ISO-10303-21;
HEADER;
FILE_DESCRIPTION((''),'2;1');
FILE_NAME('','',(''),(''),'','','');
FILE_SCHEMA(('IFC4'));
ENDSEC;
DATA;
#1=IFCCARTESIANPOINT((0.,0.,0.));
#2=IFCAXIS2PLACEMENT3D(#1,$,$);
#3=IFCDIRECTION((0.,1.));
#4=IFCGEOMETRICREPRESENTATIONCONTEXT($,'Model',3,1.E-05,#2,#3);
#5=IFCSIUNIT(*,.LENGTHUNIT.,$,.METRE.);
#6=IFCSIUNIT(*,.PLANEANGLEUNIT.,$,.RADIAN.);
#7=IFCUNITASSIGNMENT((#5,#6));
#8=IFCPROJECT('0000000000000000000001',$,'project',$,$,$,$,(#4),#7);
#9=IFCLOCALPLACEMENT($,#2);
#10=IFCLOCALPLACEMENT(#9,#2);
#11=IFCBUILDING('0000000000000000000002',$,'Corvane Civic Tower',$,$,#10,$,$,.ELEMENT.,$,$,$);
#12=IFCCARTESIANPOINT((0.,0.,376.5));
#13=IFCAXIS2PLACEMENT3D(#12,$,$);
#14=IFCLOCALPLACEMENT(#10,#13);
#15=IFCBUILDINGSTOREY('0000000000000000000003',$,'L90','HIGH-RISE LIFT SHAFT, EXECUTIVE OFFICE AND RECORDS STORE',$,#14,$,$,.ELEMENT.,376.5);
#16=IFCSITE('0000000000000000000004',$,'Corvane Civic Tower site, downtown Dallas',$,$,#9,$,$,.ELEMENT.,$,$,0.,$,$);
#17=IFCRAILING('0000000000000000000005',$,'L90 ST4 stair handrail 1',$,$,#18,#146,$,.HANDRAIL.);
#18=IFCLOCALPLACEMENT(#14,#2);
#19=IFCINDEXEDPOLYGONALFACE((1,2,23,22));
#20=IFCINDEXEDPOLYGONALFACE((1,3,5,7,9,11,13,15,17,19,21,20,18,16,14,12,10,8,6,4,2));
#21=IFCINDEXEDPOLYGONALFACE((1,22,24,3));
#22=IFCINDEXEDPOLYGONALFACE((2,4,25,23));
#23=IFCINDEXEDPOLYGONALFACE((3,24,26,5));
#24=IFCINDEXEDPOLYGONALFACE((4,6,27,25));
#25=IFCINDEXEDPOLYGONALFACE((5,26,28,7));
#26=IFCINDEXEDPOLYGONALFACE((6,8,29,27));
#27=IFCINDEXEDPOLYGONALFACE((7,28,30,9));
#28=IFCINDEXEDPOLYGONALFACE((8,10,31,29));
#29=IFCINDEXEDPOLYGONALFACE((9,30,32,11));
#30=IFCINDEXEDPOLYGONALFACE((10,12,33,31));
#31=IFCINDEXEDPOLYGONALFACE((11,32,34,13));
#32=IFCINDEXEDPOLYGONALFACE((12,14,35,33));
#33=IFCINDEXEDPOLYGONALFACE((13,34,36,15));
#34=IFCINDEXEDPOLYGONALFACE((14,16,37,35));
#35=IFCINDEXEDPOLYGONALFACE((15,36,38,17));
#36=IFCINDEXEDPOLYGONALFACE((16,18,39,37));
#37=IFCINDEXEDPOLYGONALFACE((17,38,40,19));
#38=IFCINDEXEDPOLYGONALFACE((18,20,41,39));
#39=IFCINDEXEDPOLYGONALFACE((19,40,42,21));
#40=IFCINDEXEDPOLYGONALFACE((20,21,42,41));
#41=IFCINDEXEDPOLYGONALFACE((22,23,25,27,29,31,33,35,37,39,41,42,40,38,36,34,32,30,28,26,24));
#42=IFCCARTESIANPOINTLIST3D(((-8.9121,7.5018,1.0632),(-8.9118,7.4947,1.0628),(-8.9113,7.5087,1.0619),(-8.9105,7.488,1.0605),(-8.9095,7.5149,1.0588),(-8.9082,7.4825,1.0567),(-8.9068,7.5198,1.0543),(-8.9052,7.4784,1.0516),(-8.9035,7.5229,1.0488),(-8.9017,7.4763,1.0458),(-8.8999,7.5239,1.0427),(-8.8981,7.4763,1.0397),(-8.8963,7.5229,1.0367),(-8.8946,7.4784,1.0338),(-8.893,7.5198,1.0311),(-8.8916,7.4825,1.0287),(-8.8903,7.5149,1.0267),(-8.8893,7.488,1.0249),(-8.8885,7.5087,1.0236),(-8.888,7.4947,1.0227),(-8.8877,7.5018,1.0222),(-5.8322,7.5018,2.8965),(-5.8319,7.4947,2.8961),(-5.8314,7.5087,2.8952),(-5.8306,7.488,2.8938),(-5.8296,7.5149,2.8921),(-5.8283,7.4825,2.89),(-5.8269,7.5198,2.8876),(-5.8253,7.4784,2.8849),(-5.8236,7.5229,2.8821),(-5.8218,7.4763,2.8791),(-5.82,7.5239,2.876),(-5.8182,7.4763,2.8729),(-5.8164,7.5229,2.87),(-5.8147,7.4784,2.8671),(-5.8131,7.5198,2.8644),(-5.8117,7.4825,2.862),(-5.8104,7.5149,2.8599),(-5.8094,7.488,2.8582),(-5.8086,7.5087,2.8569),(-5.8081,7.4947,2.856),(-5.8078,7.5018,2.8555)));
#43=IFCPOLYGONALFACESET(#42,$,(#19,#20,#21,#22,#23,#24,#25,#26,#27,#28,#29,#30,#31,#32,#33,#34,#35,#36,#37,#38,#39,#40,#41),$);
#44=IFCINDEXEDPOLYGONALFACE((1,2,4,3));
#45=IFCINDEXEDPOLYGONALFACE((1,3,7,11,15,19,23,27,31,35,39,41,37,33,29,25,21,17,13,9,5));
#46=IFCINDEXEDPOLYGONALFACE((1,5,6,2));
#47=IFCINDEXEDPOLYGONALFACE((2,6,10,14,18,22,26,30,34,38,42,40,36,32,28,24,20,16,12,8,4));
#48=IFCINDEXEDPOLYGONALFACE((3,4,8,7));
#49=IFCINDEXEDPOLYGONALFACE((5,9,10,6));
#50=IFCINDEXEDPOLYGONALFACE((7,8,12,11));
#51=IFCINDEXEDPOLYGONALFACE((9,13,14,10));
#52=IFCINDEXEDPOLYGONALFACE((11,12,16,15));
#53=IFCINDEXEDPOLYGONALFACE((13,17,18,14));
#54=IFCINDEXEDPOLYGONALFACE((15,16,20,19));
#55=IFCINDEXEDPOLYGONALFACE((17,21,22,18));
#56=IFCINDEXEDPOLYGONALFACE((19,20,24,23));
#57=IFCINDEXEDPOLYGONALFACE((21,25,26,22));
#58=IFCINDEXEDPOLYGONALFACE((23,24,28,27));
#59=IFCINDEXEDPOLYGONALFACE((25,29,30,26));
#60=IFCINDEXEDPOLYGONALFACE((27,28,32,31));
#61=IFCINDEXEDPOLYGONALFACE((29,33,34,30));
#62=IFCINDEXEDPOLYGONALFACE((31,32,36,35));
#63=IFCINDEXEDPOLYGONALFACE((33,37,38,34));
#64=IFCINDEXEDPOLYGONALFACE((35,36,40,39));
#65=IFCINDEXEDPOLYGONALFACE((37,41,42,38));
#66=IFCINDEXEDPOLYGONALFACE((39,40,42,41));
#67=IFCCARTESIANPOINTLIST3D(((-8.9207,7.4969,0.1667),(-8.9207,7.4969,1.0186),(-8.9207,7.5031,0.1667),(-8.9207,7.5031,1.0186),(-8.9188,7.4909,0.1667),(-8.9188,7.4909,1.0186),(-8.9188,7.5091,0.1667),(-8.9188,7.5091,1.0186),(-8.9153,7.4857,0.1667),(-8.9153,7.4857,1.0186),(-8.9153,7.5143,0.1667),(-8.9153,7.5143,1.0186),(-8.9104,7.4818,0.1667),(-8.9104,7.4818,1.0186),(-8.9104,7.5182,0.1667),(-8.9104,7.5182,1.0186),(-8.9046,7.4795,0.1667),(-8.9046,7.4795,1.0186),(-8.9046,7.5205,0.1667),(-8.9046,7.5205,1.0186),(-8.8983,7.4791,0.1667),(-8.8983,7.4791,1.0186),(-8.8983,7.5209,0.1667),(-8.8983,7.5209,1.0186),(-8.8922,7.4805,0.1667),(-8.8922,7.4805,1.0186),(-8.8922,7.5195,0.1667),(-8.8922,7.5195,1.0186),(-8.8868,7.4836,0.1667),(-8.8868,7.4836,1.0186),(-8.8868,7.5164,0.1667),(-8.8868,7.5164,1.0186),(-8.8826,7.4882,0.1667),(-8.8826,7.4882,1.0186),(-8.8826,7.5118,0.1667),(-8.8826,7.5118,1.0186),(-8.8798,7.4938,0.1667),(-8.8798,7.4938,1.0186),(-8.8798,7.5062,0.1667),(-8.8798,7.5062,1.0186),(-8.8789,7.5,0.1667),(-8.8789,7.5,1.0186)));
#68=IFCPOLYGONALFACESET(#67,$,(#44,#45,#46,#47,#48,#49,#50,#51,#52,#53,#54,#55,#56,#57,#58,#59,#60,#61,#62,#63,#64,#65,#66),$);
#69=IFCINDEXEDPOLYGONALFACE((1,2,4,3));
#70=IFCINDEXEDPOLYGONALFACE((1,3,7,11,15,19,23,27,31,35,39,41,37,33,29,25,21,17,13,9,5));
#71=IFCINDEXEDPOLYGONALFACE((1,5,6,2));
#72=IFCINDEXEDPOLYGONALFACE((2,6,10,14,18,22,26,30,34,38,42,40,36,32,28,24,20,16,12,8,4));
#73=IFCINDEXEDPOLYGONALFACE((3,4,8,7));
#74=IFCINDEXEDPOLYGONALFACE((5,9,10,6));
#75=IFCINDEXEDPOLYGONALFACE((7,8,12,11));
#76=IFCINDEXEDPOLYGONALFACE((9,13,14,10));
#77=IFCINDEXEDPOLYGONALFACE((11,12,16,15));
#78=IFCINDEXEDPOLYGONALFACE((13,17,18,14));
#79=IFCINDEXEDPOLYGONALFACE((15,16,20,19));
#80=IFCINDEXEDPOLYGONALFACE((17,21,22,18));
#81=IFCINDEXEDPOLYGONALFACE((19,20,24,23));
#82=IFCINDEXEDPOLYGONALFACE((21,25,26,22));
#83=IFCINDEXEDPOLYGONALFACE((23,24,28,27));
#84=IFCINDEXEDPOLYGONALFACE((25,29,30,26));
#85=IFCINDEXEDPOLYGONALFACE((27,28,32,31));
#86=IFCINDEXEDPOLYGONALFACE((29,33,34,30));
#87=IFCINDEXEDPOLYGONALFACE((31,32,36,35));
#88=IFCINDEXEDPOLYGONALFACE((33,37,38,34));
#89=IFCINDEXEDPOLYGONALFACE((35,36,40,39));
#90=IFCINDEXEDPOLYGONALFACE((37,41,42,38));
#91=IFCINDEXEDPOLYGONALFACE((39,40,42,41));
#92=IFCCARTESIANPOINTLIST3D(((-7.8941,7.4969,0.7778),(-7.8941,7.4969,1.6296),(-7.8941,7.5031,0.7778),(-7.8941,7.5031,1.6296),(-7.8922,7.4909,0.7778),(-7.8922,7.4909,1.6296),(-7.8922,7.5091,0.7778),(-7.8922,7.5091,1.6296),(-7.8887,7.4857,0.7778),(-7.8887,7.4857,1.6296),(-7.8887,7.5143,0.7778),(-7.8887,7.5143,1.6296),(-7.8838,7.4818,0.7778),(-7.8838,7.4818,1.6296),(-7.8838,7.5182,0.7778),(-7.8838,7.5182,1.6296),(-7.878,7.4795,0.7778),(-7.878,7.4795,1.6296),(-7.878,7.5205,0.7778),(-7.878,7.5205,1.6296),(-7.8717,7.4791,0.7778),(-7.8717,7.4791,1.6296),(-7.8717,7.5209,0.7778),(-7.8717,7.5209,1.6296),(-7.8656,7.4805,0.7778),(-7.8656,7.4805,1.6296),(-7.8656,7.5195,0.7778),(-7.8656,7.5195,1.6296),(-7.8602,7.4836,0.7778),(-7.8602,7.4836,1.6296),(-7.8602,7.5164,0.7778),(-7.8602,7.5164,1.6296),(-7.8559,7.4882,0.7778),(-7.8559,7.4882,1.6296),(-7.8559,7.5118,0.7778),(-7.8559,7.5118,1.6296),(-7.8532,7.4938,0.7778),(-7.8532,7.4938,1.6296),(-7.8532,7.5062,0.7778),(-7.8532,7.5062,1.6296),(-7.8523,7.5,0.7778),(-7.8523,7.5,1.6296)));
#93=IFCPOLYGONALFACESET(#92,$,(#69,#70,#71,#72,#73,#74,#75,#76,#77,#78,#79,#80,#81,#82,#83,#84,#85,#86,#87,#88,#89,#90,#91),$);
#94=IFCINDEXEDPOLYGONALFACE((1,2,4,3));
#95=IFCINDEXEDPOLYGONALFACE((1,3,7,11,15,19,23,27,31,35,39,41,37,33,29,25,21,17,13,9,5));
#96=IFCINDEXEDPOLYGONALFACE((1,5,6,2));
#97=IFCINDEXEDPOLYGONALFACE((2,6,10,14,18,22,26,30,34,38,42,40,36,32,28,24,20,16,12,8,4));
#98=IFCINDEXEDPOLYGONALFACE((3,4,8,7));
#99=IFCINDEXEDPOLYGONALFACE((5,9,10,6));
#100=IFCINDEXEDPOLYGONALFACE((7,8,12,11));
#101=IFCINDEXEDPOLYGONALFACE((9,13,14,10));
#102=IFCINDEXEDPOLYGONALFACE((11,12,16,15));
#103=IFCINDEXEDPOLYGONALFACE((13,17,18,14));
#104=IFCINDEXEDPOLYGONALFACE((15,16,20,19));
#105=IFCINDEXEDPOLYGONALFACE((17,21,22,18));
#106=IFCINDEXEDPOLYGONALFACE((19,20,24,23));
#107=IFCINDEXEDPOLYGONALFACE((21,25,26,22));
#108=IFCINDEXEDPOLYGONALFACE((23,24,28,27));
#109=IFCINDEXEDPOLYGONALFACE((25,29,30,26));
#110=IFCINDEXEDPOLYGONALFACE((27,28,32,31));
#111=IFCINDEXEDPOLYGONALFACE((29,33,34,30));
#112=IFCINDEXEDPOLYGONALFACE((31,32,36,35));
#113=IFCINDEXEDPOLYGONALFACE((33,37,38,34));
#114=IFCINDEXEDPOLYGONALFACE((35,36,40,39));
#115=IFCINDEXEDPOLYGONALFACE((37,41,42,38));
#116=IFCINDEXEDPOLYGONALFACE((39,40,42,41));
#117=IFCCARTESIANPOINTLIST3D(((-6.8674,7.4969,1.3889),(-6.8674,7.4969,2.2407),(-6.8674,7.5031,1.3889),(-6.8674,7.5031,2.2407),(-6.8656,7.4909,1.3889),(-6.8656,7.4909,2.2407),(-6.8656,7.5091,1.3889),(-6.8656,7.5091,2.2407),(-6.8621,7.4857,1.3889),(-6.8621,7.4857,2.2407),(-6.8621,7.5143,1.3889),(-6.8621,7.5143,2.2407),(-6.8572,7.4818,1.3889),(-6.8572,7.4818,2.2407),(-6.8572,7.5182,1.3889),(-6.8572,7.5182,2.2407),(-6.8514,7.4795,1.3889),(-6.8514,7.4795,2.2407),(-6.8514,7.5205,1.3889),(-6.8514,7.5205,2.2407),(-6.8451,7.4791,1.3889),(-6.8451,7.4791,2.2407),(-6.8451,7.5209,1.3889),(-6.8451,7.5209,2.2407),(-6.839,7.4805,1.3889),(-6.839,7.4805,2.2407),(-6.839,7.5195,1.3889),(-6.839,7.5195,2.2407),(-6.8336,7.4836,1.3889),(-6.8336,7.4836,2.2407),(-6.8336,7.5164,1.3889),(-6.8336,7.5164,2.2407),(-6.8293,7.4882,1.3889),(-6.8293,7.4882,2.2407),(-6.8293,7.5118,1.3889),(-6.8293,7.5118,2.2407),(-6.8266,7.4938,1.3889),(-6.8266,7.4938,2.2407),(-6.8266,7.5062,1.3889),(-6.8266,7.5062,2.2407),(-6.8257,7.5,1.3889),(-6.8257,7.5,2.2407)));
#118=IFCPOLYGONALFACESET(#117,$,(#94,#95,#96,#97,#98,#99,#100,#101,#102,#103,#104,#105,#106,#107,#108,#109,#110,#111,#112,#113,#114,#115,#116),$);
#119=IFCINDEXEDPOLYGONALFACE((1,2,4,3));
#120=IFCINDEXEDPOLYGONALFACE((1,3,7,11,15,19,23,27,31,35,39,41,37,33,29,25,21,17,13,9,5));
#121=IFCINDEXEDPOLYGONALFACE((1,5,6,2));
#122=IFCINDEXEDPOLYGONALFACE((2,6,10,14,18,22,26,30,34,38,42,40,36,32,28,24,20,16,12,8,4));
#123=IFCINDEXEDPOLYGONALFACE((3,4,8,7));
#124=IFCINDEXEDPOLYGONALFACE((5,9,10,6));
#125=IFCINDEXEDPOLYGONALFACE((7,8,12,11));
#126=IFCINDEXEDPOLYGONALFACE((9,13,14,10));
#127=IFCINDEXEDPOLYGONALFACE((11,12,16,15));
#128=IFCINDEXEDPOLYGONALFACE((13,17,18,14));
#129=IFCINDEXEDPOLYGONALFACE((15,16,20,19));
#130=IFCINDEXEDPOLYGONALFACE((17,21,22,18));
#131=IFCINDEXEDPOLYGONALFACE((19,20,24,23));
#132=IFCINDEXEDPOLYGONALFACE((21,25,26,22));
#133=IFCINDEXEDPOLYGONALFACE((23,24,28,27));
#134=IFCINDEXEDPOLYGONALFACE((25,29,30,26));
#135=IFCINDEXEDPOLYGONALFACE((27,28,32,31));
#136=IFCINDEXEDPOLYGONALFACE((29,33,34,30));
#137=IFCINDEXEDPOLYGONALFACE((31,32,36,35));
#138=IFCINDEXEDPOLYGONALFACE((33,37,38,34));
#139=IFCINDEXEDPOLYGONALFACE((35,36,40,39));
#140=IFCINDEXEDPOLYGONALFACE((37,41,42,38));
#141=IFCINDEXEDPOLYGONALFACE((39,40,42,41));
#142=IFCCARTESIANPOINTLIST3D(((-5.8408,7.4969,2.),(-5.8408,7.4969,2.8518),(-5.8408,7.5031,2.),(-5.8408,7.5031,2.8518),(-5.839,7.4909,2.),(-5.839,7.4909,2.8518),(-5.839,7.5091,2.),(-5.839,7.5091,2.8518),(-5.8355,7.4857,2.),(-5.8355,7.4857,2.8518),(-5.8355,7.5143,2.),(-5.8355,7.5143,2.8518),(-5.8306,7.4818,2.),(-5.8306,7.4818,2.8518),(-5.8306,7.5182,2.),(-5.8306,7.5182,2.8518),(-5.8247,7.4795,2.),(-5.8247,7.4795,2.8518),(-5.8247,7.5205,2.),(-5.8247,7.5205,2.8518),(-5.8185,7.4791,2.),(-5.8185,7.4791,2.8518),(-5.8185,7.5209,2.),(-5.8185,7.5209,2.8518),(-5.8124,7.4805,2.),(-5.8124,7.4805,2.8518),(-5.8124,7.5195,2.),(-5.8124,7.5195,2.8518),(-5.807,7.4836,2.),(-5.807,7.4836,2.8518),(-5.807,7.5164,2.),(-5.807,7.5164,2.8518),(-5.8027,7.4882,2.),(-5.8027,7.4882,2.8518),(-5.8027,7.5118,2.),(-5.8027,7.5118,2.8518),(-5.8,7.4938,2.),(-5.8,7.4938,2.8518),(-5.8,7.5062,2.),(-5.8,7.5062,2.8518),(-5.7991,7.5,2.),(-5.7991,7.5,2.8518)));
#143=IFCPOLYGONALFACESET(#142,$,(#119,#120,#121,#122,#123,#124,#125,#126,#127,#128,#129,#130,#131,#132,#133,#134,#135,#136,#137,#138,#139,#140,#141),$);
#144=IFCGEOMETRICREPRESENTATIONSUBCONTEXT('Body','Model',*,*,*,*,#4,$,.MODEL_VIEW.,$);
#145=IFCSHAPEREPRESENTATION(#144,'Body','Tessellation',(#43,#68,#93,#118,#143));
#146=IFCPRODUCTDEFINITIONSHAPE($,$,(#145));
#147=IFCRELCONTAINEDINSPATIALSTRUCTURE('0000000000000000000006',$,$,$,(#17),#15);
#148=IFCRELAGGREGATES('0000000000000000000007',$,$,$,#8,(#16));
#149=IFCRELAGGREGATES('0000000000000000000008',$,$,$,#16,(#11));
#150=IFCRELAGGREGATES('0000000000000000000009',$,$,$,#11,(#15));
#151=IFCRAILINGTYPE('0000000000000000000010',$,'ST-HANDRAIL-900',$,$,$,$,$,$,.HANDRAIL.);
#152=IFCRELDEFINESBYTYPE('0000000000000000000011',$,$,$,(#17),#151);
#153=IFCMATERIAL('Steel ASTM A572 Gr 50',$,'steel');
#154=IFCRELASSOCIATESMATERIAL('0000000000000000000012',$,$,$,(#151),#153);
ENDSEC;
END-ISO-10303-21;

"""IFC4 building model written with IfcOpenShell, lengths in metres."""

from ifc_helpers import new_model, si_unit, direction, frame, origin, origin_2d, place, context, subcontext, project, spatial, circle, extrude, material, type_object, element, save


model = new_model("IFC4")

# Units and contexts
model_context = context("Model", 3, precision=1e-05, world=origin(), true_north=direction((0.0, 1.0)))
body_context = subcontext(model_context, "Body", "Model", "MODEL_VIEW")
ifc_project = project(units=[si_unit("LENGTHUNIT", "METRE"), si_unit("PLANEANGLEUNIT", "RADIAN")], contexts=[model_context])

# Site, building, storey
site_placement = place(None, origin())
site = spatial("IfcSite", under=ifc_project, at=site_placement, Name="Corvane Civic Tower site, downtown Dallas", CompositionType="ELEMENT", RefElevation=0.0)
building_placement = place(site_placement, origin())
building = spatial("IfcBuilding", under=site, at=building_placement, Name="Corvane Civic Tower", CompositionType="ELEMENT")
storey_placement = place(building_placement, frame((0.0, 0.0, 376.5)))
storey = spatial("IfcBuildingStorey", under=building, at=storey_placement, Name="L90", Description="HIGH-RISE LIFT SHAFT, EXECUTIVE OFFICE AND RECORDS STORE", CompositionType="ELEMENT", Elevation=376.5)

# Railing
ifc_material_1 = material(Name="Steel ASTM A572 Gr 50", Category="steel")
railing_type_1 = type_object("IfcRailingType", Name="ST-HANDRAIL-900", PredefinedType="HANDRAIL", material=ifc_material_1)
railing_1_placement = place(storey_placement, frame((-8.8999, 7.5, 0.1667)))
element("IfcRailing", 1, at=railing_1_placement, inside=storey, type_object=railing_type_1, Name="L90 ST4 stair handrail 1", PredefinedType="HANDRAIL", context=body_context, shape_type="SweptSolid", body=[
    extrude(circle(Radius=0.0239, at=origin_2d()), frame((0.0, 0.0, 0.876), z_axis=(0.859291, 0.0, 0.511487), x_axis=(0.0, 1.0, 0.0)), (0.0, 0.0, 1.0), 3.5842),
    extrude(circle(Radius=0.021, at=origin_2d()), origin(), (0.0, 0.0, 1.0), 0.8518),
    extrude(circle(Radius=0.021, at=origin_2d()), frame((1.0266, 0.0, 0.6111)), (0.0, 0.0, 1.0), 0.8518),
    extrude(circle(Radius=0.021, at=origin_2d()), frame((2.0532, 0.0, 1.2222)), (0.0, 0.0, 1.0), 0.8518),
    extrude(circle(Radius=0.021, at=origin_2d()), frame((3.0798, 0.0, 1.8333)), (0.0, 0.0, 1.0), 0.8518),
])

save(model, "model.ifc")
